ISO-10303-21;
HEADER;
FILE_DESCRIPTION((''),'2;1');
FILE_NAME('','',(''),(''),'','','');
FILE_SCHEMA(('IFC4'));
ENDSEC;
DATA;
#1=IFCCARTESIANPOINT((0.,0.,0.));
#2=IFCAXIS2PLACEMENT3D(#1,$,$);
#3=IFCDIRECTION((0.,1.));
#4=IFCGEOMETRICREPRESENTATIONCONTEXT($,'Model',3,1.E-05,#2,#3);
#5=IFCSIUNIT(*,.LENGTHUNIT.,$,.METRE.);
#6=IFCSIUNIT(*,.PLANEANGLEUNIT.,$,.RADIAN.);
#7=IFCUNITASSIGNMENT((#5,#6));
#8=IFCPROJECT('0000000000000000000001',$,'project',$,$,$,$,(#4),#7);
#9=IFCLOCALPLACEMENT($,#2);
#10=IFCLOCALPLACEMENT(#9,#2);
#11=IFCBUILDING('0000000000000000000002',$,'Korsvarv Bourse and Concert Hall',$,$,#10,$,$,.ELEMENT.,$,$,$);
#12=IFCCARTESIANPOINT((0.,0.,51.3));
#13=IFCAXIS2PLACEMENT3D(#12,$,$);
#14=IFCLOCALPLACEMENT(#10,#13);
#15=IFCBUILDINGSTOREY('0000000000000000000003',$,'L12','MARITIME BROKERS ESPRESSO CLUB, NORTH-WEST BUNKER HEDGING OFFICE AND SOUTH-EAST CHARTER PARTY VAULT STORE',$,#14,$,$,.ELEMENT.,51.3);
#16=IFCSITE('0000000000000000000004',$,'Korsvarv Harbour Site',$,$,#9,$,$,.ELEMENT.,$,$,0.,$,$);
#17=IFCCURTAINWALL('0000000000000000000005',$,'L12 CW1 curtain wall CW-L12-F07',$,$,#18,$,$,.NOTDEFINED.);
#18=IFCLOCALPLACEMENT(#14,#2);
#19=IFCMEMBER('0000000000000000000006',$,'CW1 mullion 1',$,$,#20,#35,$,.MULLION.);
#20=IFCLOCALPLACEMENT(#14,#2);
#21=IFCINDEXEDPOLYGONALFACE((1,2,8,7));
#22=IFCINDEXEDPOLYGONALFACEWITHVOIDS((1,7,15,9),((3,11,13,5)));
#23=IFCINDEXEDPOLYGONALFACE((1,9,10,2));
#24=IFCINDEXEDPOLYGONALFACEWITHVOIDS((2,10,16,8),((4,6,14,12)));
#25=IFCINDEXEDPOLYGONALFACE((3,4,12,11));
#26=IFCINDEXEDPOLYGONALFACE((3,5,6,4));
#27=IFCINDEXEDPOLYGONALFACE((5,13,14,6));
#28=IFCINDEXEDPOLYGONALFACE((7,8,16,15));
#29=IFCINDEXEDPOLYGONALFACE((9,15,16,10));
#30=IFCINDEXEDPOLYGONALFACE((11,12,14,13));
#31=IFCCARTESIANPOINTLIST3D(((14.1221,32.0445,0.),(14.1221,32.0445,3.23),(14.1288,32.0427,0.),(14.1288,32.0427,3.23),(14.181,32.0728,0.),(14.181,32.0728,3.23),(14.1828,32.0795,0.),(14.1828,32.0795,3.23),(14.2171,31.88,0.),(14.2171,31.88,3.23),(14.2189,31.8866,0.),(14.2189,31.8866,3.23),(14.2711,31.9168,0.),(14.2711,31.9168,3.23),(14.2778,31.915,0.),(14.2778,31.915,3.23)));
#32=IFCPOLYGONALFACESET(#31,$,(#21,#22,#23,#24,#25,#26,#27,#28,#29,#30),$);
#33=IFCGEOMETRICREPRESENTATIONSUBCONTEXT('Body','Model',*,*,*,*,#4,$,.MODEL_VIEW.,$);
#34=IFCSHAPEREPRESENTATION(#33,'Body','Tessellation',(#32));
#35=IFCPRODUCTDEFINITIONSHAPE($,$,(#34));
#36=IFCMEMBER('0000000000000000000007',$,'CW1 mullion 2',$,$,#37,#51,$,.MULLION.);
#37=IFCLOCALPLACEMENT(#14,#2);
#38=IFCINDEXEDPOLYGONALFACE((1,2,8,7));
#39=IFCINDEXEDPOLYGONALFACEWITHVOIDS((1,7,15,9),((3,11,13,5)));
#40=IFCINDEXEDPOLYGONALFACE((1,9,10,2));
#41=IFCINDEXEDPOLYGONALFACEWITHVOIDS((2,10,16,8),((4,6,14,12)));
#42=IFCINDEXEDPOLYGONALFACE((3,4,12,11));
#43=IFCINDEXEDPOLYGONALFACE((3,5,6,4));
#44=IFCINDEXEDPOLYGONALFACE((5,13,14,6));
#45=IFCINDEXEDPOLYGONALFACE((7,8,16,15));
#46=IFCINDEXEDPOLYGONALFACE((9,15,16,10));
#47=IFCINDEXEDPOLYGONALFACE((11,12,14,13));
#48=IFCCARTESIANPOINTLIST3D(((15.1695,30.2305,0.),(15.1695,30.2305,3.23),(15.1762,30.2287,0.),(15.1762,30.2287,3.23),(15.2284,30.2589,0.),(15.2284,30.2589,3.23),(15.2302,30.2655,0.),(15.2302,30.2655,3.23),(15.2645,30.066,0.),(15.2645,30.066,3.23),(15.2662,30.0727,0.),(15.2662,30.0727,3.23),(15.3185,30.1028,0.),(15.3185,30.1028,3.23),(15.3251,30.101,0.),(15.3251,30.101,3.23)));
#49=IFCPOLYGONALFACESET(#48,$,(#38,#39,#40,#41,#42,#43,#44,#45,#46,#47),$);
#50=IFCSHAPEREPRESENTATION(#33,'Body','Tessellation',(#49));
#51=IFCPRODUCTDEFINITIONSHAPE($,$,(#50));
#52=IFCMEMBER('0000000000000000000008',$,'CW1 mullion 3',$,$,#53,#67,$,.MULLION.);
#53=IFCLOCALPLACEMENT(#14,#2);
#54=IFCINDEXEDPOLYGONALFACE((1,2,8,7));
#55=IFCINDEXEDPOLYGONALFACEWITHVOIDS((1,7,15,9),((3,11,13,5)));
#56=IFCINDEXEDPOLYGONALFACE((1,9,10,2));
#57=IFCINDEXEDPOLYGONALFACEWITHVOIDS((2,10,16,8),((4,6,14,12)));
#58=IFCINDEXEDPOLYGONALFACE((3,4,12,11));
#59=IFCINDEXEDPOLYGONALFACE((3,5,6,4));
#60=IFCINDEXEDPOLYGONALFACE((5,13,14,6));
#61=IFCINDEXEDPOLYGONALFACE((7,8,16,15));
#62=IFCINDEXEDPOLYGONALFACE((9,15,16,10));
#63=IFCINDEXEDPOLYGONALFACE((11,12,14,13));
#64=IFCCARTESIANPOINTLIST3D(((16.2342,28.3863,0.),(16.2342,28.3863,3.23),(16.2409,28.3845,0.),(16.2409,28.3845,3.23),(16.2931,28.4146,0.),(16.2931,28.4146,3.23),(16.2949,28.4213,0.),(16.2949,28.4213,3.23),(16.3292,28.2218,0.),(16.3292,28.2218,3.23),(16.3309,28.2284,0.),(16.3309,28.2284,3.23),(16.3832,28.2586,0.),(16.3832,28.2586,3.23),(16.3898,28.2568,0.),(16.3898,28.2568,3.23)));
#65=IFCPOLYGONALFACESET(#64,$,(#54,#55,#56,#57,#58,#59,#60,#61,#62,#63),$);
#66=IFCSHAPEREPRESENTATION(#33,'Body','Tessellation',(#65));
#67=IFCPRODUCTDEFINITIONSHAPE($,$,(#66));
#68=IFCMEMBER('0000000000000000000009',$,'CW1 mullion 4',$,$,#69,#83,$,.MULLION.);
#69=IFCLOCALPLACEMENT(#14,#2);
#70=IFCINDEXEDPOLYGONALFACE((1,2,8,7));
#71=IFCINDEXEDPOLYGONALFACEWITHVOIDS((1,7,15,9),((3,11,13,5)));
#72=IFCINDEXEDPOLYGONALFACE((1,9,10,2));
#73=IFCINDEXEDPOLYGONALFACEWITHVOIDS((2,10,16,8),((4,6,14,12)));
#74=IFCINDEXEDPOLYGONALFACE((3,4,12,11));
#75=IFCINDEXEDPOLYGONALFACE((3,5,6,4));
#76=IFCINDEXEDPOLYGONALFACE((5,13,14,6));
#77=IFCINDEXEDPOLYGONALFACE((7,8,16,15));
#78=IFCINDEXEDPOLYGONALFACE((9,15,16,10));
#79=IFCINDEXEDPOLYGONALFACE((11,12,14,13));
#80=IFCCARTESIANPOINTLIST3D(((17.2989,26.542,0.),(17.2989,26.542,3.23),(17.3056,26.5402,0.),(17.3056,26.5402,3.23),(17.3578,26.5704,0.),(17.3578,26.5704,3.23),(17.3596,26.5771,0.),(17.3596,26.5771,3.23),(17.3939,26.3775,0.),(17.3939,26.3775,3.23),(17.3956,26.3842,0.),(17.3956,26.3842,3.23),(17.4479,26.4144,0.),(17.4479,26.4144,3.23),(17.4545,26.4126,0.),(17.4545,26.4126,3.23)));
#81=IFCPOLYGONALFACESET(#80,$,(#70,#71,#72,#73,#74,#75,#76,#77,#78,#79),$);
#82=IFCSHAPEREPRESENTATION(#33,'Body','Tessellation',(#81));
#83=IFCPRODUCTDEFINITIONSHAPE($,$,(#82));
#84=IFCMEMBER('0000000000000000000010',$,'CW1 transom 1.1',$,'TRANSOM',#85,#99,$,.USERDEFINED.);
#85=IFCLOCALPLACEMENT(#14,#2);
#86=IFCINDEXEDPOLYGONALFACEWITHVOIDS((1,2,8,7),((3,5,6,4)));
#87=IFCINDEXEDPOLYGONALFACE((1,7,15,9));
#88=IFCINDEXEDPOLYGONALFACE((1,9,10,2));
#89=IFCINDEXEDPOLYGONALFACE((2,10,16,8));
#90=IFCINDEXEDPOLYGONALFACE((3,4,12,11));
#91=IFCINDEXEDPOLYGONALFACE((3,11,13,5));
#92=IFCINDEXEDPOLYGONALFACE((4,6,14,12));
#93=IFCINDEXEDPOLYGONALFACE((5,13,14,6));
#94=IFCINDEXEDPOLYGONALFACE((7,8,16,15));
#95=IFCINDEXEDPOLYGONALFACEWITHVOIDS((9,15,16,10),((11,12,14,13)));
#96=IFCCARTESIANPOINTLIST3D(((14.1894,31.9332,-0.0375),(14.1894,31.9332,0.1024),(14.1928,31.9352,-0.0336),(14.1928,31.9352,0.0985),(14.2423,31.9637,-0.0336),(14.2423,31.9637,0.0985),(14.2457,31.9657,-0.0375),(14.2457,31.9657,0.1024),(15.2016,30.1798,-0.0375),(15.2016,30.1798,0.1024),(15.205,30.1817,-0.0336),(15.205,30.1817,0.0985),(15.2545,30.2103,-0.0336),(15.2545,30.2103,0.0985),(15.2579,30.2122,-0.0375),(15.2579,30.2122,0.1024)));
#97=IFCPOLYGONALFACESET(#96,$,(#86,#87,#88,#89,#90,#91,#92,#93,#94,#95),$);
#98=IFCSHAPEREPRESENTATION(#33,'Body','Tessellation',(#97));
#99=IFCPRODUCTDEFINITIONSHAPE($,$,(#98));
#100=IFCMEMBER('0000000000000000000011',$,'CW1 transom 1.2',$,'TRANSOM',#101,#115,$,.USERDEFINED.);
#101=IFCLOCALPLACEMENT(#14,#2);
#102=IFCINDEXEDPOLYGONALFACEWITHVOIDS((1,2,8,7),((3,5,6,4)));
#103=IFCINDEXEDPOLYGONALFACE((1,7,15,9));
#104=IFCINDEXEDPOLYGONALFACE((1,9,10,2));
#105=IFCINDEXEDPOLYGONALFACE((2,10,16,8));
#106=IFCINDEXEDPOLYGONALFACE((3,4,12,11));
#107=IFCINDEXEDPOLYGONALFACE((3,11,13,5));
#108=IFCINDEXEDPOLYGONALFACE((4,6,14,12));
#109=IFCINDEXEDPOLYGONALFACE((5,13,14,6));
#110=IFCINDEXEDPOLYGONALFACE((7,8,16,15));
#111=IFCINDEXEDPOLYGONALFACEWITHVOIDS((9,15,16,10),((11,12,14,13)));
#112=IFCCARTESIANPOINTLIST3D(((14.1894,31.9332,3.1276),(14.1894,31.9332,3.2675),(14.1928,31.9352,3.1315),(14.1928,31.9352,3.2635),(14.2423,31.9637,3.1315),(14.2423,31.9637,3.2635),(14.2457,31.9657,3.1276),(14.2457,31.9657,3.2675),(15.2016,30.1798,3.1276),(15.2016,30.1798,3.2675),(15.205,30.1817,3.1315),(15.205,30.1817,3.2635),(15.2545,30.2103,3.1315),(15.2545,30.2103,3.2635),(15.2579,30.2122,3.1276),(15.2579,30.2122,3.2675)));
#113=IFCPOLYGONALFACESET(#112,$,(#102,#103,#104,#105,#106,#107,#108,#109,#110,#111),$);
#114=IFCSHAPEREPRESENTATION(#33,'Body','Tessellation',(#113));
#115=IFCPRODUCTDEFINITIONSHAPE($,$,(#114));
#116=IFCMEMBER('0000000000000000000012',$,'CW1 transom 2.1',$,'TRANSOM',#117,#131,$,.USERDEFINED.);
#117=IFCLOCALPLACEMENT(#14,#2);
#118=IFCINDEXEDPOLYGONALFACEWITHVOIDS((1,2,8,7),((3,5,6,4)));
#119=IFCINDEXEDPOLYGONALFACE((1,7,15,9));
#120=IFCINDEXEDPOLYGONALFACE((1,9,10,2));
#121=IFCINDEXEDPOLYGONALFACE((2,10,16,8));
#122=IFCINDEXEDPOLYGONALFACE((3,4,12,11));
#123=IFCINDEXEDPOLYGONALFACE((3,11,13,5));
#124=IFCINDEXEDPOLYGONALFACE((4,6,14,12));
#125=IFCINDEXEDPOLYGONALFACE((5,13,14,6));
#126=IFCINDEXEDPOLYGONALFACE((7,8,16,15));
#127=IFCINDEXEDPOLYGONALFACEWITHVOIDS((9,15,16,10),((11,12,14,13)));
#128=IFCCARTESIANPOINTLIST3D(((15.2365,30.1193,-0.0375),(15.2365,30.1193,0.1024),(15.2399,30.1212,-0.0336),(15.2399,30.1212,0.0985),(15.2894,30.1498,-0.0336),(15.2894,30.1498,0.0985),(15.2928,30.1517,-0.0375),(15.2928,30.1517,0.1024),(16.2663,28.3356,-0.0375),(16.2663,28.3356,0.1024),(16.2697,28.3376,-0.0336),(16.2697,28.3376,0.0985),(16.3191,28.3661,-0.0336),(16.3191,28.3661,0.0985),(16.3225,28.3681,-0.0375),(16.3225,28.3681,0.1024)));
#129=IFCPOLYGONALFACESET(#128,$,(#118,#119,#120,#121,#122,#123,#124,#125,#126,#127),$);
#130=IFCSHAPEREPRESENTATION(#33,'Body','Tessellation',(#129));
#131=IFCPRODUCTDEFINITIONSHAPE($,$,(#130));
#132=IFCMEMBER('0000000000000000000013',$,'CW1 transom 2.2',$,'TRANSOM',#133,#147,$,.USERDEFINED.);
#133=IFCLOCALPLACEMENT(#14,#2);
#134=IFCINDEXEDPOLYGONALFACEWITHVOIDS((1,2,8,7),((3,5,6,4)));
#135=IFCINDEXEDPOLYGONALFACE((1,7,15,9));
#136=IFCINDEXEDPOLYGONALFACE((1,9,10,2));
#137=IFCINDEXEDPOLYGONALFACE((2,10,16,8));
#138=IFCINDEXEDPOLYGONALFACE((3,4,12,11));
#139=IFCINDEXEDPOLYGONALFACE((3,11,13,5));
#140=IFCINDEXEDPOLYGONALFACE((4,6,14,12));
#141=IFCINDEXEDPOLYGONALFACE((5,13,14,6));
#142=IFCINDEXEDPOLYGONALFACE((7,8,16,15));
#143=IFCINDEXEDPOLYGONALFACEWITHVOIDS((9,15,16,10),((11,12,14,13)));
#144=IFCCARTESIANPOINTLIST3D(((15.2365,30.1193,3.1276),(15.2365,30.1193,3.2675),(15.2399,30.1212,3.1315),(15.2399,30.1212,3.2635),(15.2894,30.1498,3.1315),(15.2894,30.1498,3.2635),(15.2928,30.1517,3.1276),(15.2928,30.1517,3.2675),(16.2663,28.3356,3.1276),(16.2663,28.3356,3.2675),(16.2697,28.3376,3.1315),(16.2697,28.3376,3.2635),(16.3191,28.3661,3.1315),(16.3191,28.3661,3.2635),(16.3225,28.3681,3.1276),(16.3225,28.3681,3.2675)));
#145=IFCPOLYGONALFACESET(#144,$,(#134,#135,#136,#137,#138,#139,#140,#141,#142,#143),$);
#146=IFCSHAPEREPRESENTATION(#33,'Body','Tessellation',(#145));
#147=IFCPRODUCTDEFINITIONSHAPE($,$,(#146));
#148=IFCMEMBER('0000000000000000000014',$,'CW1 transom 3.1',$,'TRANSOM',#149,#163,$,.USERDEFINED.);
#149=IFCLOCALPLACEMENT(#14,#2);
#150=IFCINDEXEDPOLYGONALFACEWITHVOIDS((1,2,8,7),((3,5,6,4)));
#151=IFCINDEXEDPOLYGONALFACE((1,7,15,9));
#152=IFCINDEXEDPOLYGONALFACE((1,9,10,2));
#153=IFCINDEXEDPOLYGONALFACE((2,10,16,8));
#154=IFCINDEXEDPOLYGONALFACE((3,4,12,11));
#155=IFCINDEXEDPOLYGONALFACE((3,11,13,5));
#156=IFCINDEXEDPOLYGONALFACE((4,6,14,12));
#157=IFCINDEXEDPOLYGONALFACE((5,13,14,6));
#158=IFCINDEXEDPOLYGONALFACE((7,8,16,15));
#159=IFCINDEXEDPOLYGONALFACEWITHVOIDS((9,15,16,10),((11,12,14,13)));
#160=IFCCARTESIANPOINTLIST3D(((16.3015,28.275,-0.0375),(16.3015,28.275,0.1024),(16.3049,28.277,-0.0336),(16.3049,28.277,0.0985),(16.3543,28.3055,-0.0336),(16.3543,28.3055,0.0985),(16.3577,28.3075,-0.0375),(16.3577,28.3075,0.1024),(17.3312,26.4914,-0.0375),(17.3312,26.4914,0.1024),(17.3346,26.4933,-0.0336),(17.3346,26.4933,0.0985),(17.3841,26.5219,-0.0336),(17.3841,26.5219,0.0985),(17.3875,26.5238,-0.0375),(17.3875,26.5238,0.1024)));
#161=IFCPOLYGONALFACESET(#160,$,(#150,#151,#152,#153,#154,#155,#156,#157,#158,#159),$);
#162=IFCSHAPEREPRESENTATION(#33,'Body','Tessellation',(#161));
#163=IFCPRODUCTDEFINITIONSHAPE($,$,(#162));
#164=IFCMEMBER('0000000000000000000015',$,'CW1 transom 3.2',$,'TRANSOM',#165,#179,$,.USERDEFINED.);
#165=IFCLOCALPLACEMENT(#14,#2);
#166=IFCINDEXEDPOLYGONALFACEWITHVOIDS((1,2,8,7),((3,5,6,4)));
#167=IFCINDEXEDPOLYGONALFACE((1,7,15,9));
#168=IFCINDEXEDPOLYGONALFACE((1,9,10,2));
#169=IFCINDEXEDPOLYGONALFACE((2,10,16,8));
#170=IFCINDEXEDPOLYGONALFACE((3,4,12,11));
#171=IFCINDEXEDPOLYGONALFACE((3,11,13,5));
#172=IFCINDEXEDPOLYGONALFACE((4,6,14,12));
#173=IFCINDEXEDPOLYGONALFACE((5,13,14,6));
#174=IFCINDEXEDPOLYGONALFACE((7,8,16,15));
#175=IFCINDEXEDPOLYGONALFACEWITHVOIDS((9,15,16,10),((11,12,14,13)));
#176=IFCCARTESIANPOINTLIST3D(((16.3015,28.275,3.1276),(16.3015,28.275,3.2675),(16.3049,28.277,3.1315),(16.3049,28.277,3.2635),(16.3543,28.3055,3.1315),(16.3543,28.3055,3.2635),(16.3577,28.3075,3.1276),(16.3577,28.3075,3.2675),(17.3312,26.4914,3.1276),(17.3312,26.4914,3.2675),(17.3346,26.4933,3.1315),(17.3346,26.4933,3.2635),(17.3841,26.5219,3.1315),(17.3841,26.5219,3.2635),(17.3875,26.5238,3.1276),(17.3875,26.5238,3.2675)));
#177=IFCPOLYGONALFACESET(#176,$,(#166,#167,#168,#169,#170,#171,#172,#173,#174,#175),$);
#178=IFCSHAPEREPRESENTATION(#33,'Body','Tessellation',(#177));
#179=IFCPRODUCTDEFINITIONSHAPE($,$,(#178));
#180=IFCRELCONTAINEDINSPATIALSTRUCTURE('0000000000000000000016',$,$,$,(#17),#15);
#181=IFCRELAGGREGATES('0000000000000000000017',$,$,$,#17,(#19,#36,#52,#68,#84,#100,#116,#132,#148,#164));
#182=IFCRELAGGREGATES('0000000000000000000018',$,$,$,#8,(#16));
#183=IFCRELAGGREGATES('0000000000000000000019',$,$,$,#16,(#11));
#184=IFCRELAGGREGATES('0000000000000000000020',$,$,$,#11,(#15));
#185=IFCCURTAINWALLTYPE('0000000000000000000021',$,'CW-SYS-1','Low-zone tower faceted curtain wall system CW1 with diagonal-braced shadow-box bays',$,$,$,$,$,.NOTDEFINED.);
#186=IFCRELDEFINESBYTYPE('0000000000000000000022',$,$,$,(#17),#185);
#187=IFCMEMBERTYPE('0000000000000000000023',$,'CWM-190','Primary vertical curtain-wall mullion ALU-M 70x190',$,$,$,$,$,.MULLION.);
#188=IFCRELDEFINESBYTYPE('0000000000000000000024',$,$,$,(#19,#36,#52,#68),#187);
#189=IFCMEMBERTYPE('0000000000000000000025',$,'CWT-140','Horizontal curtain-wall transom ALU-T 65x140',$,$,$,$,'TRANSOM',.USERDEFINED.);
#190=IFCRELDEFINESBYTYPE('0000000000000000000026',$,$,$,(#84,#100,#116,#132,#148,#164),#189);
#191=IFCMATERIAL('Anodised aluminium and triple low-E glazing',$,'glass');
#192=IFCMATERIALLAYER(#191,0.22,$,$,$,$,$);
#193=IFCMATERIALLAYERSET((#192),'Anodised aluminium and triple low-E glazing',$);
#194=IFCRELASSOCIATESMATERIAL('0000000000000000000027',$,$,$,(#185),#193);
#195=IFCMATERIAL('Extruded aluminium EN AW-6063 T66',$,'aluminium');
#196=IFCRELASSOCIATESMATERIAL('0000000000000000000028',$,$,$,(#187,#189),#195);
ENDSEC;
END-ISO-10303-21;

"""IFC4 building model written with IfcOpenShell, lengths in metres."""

from ifc_helpers import new_model, si_unit, direction, frame, origin, origin_2d, place, context, subcontext, project, spatial, hollow_rectangle, extrude, source, transform, mapped, material, layer, layer_set, material_profile, profile_set, type_object, element, aggregate, save


model = new_model("IFC4")

# Units and contexts
model_context = context("Model", 3, precision=1e-05, world=origin(), true_north=direction((0.0, 1.0)))
body_context = subcontext(model_context, "Body", "Model", "MODEL_VIEW")
ifc_project = project(units=[si_unit("LENGTHUNIT", "METRE"), si_unit("PLANEANGLEUNIT", "RADIAN")], contexts=[model_context])

# Site, building, storey
site_placement = place(None, origin())
site = spatial("IfcSite", under=ifc_project, at=site_placement, Name="Korsvarv Harbour Site", CompositionType="ELEMENT", RefElevation=0.0)
building_placement = place(site_placement, origin())
building = spatial("IfcBuilding", under=site, at=building_placement, Name="Korsvarv Bourse and Concert Hall", CompositionType="ELEMENT")
storey_placement = place(building_placement, frame((0.0, 0.0, 51.3)))
storey = spatial("IfcBuildingStorey", under=building, at=storey_placement, Name="L12", Description="MARITIME BROKERS ESPRESSO CLUB, NORTH-WEST BUNKER HEDGING OFFICE AND SOUTH-EAST CHARTER PARTY VAULT STORE", CompositionType="ELEMENT", Elevation=51.3)

# Curtain wall, members
ifc_material_1 = material(Name="Anodised aluminium and triple low-E glazing", Category="glass")
ifc_layer_1 = layer(ifc_material_1, 0.22)
ifc_layer_set_1 = layer_set([ifc_layer_1], Name="Anodised aluminium and triple low-E glazing")
curtain_wall_type = type_object("IfcCurtainWallType", Name="CW-SYS-1", Description="Low-zone tower faceted curtain wall system CW1 with diagonal-braced shadow-box bays", PredefinedType="NOTDEFINED", material=ifc_layer_set_1)
curtain_wall_placement = place(storey_placement, origin())
curtain_wall = element("IfcCurtainWall", 1, at=curtain_wall_placement, inside=storey, type_object=curtain_wall_type, Name="L12 CW1 curtain wall CW-L12-F07", PredefinedType="NOTDEFINED")
ifc_material_2 = material(Name="Extruded aluminium EN AW-6063 T66", Category="aluminium")
ifc_material_profile_1 = material_profile(ifc_material_2, hollow_rectangle(XDim=0.0701, YDim=0.1899, WallThickness=0.0049, at=origin_2d()), Name="ALU-M 70x190")
ifc_profile_set_1 = profile_set([ifc_material_profile_1], Name="Extruded aluminium EN AW-6063 T66")
member_type_1 = type_object("IfcMemberType", Name="CWM-190", Description="Primary vertical curtain-wall mullion ALU-M 70x190", PredefinedType="MULLION", material=ifc_profile_set_1)
shared_shape_1 = source(origin(), body_context, "Body", "SweptSolid", [
    extrude(hollow_rectangle(XDim=0.0701, YDim=0.1899, WallThickness=0.0049, at=origin_2d()), origin(), (0.0, 0.0, 1.0), 3.23),
])
member_1_placement = place(storey_placement, frame((14.2, 31.9797, 0.0), z_axis=(0.0, 0.0, 1.0), x_axis=(0.866025, 0.5, 0.0)))
member_1 = element("IfcMember", 2, at=member_1_placement, type_object=member_type_1, Name="CW1 mullion 1", PredefinedType="MULLION", context=body_context, shape_type="MappedRepresentation", body=[
    mapped(shared_shape_1, transform((0.0, 0.0, 0.0), scale=1.0)),
])
member_2_placement = place(storey_placement, frame((15.2473, 30.1658, 0.0), z_axis=(0.0, 0.0, 1.0), x_axis=(0.866025, 0.5, 0.0)))
member_2 = element("IfcMember", 3, at=member_2_placement, type_object=member_type_1, Name="CW1 mullion 2", PredefinedType="MULLION", context=body_context, shape_type="MappedRepresentation", body=[
    mapped(shared_shape_1, transform((0.0, 0.0, 0.0), scale=1.0)),
])
member_3_placement = place(storey_placement, frame((16.312, 28.3215, 0.0), z_axis=(0.0, 0.0, 1.0), x_axis=(0.866025, 0.5, 0.0)))
member_3 = element("IfcMember", 4, at=member_3_placement, type_object=member_type_1, Name="CW1 mullion 3", PredefinedType="MULLION", context=body_context, shape_type="MappedRepresentation", body=[
    mapped(shared_shape_1, transform((0.0, 0.0, 0.0), scale=1.0)),
])
member_4_placement = place(storey_placement, frame((17.3767, 26.4773, 0.0), z_axis=(0.0, 0.0, 1.0), x_axis=(0.866025, 0.5, 0.0)))
member_4 = element("IfcMember", 5, at=member_4_placement, type_object=member_type_1, Name="CW1 mullion 4", PredefinedType="MULLION", context=body_context, shape_type="MappedRepresentation", body=[
    mapped(shared_shape_1, transform((0.0, 0.0, 0.0), scale=1.0)),
])
ifc_material_profile_2 = material_profile(ifc_material_2, hollow_rectangle(XDim=0.0649, YDim=0.1399, WallThickness=0.0039, at=origin_2d()), Name="ALU-T 65x140")
ifc_profile_set_2 = profile_set([ifc_material_profile_2], Name="Extruded aluminium EN AW-6063 T66")
member_type_2 = type_object("IfcMemberType", Name="CWT-140", Description="Horizontal curtain-wall transom ALU-T 65x140", ElementType="TRANSOM", PredefinedType="USERDEFINED", material=ifc_profile_set_2)
shared_shape_2 = source(origin(), body_context, "Body", "SweptSolid", [
    extrude(hollow_rectangle(XDim=0.0649, YDim=0.1399, WallThickness=0.0039, at=origin_2d()), origin(), (0.0, 0.0, 1.0), 2.0247),
])
member_5_placement = place(storey_placement, frame((14.2175, 31.9495, 0.0325), z_axis=(0.499952, -0.866053, 0.0), x_axis=(0.866053, 0.499952, 0.0)))
member_5 = element("IfcMember", 6, at=member_5_placement, type_object=member_type_2, Name="CW1 transom 1.1", ObjectType="TRANSOM", PredefinedType="USERDEFINED", context=body_context, shape_type="MappedRepresentation", body=[
    mapped(shared_shape_2, transform((0.0, 0.0, 0.0), scale=1.0)),
])
member_6_placement = place(storey_placement, frame((14.2175, 31.9495, 3.1975), z_axis=(0.499952, -0.866053, 0.0), x_axis=(0.866053, 0.499952, 0.0)))
member_6 = element("IfcMember", 7, at=member_6_placement, type_object=member_type_2, Name="CW1 transom 1.2", ObjectType="TRANSOM", PredefinedType="USERDEFINED", context=body_context, shape_type="MappedRepresentation", body=[
    mapped(shared_shape_2, transform((0.0, 0.0, 0.0), scale=1.0)),
])
shared_shape_3 = source(origin(), body_context, "Body", "SweptSolid", [
    extrude(hollow_rectangle(XDim=0.0649, YDim=0.1399, WallThickness=0.0039, at=origin_2d()), origin(), (0.0, 0.0, 1.0), 2.0596),
])
member_7_placement = place(storey_placement, frame((15.2646, 30.1355, 0.0325), z_axis=(0.499989, -0.866032, 0.0), x_axis=(0.866032, 0.499989, 0.0)))
member_7 = element("IfcMember", 8, at=member_7_placement, type_object=member_type_2, Name="CW1 transom 2.1", ObjectType="TRANSOM", PredefinedType="USERDEFINED", context=body_context, shape_type="MappedRepresentation", body=[
    mapped(shared_shape_3, transform((0.0, 0.0, 0.0), scale=1.0)),
])
member_8_placement = place(storey_placement, frame((15.2646, 30.1355, 3.1975), z_axis=(0.499989, -0.866032, 0.0), x_axis=(0.866032, 0.499989, 0.0)))
member_8 = element("IfcMember", 9, at=member_8_placement, type_object=member_type_2, Name="CW1 transom 2.2", ObjectType="TRANSOM", PredefinedType="USERDEFINED", context=body_context, shape_type="MappedRepresentation", body=[
    mapped(shared_shape_3, transform((0.0, 0.0, 0.0), scale=1.0)),
])
member_9_placement = place(storey_placement, frame((16.3296, 28.2913, 0.0325), z_axis=(0.499989, -0.866032, 0.0), x_axis=(0.866032, 0.499989, 0.0)))
member_9 = element("IfcMember", 10, at=member_9_placement, type_object=member_type_2, Name="CW1 transom 3.1", ObjectType="TRANSOM", PredefinedType="USERDEFINED", context=body_context, shape_type="MappedRepresentation", body=[
    mapped(shared_shape_3, transform((0.0, 0.0, 0.0), scale=1.0)),
])
member_10_placement = place(storey_placement, frame((16.3296, 28.2913, 3.1975), z_axis=(0.499989, -0.866032, 0.0), x_axis=(0.866032, 0.499989, 0.0)))
member_10 = element("IfcMember", 11, at=member_10_placement, type_object=member_type_2, Name="CW1 transom 3.2", ObjectType="TRANSOM", PredefinedType="USERDEFINED", context=body_context, shape_type="MappedRepresentation", body=[
    mapped(shared_shape_3, transform((0.0, 0.0, 0.0), scale=1.0)),
])
aggregate(curtain_wall, [member_1, member_2, member_3, member_4, member_5, member_6, member_7, member_8, member_9, member_10])

save(model, "model.ifc")
